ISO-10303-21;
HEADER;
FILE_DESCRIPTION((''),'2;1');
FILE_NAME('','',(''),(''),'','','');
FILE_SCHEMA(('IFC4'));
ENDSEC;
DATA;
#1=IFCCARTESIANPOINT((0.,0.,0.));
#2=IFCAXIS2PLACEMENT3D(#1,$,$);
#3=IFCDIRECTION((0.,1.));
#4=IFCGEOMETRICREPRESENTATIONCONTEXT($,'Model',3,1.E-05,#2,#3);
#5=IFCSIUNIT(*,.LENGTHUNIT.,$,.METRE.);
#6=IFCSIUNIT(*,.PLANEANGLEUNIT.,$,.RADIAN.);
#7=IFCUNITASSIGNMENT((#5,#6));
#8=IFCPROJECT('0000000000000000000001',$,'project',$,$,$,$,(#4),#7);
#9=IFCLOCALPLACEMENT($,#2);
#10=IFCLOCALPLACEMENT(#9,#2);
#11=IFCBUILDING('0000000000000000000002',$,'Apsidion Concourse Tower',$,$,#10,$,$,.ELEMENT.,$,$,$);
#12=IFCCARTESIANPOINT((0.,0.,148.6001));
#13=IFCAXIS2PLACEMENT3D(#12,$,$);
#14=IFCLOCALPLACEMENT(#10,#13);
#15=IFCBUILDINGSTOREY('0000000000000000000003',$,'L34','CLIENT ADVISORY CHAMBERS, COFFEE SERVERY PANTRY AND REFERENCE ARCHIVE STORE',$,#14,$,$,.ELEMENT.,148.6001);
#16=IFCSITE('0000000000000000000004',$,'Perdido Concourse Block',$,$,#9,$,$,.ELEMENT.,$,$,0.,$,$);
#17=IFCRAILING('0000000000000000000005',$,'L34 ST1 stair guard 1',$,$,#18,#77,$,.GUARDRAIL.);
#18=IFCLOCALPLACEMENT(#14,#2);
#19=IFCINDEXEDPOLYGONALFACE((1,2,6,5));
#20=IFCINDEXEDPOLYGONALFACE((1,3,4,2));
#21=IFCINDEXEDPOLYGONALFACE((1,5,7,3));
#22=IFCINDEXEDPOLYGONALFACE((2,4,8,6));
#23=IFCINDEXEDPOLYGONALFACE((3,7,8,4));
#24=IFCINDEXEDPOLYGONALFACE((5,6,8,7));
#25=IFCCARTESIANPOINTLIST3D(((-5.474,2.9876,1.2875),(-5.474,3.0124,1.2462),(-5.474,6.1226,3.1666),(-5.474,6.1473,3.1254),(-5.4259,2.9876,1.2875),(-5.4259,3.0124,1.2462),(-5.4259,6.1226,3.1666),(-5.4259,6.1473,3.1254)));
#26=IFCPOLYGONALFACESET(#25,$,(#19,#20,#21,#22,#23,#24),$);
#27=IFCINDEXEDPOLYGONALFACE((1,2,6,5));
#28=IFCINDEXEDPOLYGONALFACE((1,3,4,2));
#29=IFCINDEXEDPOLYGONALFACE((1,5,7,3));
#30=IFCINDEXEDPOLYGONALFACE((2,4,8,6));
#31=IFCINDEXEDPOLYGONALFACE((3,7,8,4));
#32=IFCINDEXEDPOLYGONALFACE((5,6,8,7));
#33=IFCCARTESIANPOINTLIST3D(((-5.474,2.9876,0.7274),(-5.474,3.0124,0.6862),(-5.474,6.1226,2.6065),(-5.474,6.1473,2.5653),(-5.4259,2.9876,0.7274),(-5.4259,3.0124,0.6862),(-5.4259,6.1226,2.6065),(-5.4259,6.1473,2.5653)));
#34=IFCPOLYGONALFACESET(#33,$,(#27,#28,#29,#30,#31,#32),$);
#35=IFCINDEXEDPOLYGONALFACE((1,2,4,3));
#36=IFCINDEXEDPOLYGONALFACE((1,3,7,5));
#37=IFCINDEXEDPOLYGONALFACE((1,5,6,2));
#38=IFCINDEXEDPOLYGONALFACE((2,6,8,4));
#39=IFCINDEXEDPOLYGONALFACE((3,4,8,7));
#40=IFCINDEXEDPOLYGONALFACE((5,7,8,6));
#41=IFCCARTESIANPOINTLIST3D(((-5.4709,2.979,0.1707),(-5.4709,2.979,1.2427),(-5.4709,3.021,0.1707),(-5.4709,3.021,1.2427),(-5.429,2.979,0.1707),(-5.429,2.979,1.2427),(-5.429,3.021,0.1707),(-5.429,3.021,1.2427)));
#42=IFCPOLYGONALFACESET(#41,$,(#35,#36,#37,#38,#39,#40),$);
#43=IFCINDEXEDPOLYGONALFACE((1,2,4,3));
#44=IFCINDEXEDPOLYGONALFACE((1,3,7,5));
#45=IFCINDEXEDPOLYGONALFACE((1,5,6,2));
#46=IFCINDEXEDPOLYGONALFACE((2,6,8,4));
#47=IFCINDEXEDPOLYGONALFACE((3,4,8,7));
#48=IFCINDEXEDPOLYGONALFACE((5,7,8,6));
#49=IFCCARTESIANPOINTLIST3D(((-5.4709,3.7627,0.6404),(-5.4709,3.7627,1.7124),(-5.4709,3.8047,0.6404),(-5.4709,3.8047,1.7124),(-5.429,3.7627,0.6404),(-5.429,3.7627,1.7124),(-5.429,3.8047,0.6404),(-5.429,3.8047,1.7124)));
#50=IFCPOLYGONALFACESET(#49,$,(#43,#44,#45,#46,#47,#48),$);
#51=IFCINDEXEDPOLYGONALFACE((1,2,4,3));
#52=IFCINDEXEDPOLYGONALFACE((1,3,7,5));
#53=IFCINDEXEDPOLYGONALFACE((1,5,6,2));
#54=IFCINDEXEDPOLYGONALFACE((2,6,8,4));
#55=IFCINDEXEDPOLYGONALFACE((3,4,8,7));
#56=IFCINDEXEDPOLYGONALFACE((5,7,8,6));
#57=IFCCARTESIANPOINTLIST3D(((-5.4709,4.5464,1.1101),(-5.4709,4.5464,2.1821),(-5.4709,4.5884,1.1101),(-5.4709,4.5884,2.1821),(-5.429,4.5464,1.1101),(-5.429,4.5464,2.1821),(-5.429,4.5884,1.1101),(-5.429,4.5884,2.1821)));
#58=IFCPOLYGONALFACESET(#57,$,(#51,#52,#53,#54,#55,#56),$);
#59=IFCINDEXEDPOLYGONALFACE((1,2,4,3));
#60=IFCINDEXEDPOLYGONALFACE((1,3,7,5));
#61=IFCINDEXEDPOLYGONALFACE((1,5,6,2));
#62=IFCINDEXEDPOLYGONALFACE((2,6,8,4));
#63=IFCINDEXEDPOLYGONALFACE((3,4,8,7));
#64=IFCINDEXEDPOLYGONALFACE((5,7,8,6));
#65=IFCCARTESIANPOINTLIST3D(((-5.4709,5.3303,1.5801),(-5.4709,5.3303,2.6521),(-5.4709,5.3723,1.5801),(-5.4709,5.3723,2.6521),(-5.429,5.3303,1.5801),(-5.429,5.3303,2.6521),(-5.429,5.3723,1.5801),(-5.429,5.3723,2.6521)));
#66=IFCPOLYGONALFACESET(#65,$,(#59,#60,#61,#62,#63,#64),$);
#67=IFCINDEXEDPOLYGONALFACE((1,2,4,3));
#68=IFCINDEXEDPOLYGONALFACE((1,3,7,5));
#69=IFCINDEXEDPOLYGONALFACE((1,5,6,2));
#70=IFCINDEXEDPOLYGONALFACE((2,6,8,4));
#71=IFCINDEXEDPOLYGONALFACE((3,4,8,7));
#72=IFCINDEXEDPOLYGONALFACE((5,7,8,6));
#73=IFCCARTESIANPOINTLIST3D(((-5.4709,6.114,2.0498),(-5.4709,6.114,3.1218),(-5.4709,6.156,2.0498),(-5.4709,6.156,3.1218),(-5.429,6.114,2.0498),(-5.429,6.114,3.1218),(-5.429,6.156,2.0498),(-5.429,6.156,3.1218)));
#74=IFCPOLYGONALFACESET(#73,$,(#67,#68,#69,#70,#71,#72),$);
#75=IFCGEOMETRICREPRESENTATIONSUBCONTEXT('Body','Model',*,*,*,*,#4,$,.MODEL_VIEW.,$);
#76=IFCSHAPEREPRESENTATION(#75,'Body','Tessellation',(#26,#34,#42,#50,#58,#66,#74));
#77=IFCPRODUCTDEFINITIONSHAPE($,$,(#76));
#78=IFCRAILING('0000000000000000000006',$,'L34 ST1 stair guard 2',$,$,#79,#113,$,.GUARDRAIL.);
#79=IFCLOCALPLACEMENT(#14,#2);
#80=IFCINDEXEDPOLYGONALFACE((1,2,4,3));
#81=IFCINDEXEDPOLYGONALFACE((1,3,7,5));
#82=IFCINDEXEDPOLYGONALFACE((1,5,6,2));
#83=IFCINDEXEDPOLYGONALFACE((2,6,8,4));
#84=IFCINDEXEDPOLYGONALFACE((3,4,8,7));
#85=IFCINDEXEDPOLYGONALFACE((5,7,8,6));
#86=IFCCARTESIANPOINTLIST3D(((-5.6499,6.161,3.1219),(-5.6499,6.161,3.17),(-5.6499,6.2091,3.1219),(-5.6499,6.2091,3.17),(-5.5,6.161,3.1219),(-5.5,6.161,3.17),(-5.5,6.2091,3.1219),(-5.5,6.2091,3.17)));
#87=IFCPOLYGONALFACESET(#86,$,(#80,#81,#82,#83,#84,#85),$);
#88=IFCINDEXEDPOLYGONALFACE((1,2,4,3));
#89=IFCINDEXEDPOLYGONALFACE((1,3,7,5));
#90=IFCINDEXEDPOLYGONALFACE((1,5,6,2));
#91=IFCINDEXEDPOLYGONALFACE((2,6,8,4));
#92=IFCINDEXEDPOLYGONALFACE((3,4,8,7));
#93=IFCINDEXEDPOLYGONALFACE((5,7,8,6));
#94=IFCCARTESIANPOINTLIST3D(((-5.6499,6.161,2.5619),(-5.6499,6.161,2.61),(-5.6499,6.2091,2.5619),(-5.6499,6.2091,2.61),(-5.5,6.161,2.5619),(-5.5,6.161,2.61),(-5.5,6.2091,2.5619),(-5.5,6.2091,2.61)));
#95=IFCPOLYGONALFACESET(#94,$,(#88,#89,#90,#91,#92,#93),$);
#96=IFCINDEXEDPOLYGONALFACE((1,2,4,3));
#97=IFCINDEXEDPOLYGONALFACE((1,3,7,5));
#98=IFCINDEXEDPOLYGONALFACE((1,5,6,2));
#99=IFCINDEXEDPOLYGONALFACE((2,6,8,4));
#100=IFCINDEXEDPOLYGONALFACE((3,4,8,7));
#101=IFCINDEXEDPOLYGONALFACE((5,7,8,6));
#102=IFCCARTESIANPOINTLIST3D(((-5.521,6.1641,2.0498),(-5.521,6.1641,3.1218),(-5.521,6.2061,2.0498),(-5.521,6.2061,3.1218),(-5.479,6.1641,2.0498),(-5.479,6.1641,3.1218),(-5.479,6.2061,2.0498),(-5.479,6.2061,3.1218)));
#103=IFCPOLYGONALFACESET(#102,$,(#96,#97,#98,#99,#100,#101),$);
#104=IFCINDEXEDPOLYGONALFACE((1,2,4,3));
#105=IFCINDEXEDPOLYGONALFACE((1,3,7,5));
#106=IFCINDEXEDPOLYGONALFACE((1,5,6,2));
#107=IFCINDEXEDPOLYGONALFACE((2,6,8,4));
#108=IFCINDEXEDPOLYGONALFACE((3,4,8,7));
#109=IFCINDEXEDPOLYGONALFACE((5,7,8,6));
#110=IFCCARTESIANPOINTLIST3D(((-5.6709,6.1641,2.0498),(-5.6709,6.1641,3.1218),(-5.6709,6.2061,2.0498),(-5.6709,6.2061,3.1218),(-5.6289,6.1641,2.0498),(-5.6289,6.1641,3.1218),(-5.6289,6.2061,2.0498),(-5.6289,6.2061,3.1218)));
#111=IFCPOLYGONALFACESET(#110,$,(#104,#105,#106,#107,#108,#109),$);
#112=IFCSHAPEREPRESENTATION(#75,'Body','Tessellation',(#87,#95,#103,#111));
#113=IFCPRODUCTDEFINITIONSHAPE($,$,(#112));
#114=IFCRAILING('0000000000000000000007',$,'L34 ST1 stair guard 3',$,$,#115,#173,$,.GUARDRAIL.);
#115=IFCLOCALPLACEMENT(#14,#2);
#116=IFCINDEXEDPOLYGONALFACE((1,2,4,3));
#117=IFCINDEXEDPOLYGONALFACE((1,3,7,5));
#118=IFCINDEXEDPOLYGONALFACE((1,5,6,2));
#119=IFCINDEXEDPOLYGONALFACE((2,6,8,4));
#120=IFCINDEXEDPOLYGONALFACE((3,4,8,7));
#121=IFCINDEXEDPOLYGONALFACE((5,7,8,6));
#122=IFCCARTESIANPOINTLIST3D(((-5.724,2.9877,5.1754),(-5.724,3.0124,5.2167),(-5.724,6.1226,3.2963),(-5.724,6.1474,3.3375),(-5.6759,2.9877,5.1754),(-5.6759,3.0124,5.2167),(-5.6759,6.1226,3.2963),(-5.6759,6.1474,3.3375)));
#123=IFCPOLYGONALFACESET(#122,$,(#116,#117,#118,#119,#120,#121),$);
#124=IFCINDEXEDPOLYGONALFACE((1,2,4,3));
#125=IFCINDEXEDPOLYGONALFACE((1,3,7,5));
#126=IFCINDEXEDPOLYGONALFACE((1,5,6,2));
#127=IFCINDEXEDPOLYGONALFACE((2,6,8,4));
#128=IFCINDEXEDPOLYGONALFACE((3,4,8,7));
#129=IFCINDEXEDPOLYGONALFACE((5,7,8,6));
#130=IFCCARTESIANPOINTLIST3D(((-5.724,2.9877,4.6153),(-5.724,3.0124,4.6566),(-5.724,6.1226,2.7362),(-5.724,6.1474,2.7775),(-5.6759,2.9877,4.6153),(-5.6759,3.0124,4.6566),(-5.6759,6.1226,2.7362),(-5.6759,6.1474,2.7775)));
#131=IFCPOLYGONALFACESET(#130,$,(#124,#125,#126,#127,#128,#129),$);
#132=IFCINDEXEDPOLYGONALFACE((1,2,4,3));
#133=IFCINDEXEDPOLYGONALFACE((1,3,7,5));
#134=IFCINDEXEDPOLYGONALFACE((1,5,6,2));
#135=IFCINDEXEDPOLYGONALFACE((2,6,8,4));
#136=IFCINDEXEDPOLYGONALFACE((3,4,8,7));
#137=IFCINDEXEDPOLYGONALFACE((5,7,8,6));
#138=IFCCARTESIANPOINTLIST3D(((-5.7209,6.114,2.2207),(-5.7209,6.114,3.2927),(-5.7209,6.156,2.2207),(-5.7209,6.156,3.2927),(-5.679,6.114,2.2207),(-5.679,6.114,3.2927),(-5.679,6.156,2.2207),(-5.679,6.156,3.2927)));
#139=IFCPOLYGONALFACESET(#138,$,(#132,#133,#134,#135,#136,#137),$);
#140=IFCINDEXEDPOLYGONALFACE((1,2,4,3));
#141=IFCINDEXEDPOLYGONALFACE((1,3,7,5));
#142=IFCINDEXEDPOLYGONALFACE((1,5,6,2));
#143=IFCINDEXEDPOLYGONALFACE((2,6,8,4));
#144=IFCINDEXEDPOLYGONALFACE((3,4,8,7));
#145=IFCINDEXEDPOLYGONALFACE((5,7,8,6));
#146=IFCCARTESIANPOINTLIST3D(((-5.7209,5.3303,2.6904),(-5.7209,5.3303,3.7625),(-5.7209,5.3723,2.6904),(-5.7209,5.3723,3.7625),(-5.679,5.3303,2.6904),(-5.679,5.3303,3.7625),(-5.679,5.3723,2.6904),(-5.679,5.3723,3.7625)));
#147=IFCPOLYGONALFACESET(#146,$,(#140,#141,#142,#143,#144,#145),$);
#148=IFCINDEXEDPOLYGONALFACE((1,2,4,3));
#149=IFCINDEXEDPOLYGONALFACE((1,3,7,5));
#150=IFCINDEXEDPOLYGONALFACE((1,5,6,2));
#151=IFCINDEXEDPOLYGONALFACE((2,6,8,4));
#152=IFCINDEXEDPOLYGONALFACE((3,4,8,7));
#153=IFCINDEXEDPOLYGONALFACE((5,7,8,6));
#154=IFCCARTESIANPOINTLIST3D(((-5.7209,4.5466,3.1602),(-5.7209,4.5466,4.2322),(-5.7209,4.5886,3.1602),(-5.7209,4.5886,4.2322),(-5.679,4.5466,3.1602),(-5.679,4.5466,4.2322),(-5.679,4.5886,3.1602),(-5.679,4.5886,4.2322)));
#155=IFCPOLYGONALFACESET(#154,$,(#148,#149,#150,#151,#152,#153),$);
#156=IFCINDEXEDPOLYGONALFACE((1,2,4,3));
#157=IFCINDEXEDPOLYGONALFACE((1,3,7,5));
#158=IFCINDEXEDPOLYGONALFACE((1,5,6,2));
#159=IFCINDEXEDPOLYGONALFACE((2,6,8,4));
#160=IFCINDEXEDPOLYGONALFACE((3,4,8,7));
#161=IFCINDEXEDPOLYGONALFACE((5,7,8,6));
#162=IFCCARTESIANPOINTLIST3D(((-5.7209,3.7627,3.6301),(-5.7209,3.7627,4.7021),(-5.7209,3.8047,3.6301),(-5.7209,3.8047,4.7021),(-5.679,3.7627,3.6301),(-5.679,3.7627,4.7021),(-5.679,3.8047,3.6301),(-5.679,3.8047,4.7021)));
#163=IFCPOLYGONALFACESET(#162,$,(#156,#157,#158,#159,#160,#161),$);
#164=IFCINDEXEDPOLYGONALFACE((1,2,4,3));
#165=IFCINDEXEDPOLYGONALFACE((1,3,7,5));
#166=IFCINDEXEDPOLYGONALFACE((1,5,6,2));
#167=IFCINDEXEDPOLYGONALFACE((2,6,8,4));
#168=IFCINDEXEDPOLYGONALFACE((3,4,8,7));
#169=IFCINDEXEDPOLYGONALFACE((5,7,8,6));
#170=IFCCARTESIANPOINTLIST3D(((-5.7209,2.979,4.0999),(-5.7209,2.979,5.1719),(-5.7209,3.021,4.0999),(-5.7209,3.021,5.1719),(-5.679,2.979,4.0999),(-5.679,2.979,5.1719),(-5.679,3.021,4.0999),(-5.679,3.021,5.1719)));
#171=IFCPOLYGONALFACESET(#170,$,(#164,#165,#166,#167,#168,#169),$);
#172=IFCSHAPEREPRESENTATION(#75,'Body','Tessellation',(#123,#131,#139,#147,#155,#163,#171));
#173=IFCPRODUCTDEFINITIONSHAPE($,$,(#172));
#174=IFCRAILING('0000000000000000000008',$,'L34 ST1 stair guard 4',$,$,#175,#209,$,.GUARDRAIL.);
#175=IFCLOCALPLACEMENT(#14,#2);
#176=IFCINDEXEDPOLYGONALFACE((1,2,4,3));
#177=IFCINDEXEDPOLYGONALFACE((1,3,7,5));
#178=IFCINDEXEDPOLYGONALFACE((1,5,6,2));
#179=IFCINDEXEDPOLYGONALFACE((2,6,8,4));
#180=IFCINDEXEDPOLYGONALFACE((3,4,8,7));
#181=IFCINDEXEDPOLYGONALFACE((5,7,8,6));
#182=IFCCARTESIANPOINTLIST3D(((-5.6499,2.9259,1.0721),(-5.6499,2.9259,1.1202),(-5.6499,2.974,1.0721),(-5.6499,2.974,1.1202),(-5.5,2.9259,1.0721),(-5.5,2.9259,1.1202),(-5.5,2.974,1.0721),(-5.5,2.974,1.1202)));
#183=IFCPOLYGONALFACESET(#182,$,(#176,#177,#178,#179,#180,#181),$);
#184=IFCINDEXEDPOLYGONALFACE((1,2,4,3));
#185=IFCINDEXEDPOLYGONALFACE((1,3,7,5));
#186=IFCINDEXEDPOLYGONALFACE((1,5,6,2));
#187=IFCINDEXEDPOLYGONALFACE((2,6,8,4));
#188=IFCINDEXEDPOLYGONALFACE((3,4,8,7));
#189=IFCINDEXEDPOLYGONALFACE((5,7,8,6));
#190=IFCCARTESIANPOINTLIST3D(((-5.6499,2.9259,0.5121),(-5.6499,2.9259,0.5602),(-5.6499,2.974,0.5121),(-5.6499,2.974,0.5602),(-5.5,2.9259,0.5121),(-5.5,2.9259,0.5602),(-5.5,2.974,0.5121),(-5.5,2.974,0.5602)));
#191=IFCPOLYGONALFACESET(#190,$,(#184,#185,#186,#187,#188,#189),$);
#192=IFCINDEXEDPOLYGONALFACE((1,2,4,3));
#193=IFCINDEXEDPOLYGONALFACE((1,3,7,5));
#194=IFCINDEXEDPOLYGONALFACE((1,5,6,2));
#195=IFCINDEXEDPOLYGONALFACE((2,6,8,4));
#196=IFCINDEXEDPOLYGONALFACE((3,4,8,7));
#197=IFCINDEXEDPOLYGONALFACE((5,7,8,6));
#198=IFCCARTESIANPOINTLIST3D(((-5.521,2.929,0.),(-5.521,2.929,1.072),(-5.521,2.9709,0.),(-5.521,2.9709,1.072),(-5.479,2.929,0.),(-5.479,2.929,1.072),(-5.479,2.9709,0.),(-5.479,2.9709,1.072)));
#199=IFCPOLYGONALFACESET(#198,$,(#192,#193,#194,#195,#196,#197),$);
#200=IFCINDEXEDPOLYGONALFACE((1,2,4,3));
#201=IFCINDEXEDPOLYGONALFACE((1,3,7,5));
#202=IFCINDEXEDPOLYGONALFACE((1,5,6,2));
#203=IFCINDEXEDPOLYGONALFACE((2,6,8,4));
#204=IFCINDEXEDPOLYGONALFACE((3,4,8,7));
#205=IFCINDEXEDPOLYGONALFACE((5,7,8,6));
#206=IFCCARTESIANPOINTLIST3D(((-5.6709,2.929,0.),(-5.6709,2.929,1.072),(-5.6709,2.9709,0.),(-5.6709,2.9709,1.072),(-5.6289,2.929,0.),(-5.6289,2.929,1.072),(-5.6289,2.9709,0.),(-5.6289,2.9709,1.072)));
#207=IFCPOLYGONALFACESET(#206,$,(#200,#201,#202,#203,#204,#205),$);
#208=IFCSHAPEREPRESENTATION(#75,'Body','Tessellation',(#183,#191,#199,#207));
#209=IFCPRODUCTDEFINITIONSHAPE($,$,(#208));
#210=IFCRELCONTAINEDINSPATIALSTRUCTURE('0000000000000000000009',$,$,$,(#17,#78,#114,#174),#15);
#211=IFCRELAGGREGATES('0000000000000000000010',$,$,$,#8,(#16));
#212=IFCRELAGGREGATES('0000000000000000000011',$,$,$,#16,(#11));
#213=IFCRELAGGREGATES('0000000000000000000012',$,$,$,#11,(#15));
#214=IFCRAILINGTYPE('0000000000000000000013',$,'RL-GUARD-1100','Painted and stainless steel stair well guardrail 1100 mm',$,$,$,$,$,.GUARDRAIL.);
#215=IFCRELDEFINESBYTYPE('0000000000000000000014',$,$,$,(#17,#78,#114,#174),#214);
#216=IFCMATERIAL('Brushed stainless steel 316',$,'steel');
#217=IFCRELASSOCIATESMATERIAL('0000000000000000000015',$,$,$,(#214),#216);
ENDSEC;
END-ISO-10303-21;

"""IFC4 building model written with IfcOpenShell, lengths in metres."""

from ifc_helpers import new_model, si_unit, direction, frame, origin, origin_2d, place, context, subcontext, project, spatial, rectangle, extrude, material, type_object, element, save


model = new_model("IFC4")

# Units and contexts
model_context = context("Model", 3, precision=1e-05, world=origin(), true_north=direction((0.0, 1.0)))
body_context = subcontext(model_context, "Body", "Model", "MODEL_VIEW")
ifc_project = project(units=[si_unit("LENGTHUNIT", "METRE"), si_unit("PLANEANGLEUNIT", "RADIAN")], contexts=[model_context])

# Site, building, storey
site_placement = place(None, origin())
site = spatial("IfcSite", under=ifc_project, at=site_placement, Name="Perdido Concourse Block", CompositionType="ELEMENT", RefElevation=0.0)
building_placement = place(site_placement, origin())
building = spatial("IfcBuilding", under=site, at=building_placement, Name="Apsidion Concourse Tower", CompositionType="ELEMENT")
storey_placement = place(building_placement, frame((0.0, 0.0, 148.6001)))
storey = spatial("IfcBuildingStorey", under=building, at=storey_placement, Name="L34", Description="CLIENT ADVISORY CHAMBERS, COFFEE SERVERY PANTRY AND REFERENCE ARCHIVE STORE", CompositionType="ELEMENT", Elevation=148.6001)

# Shared definitions
ifc_material_1 = material(Name="Brushed stainless steel 316", Category="steel")

# Railings
railing_type_1 = type_object("IfcRailingType", Name="RL-GUARD-1100", Description="Painted and stainless steel stair well guardrail 1100 mm", PredefinedType="GUARDRAIL", material=ifc_material_1)
railing_1_placement = place(storey_placement, frame((-5.45, 3.0, 0.1707)))
element("IfcRailing", 1, at=railing_1_placement, inside=storey, type_object=railing_type_1, Name="L34 ST1 stair guard 1", PredefinedType="GUARDRAIL", context=body_context, shape_type="SweptSolid", body=[
    extrude(rectangle(XDim=0.0481, YDim=0.0481, at=origin_2d()), frame((0.0, 0.0, 1.0962), z_axis=(0.0, 0.857717, 0.514122), x_axis=(-1.0, 0.0, 0.0)), (0.0, 0.0, 1.0), 3.655),
    extrude(rectangle(XDim=0.0481, YDim=0.0481, at=origin_2d()), frame((0.0, 0.0, 0.5361), z_axis=(0.0, 0.857717, 0.514122), x_axis=(-1.0, 0.0, 0.0)), (0.0, 0.0, 1.0), 3.655),
    extrude(rectangle(XDim=0.042, YDim=0.042, at=origin_2d()), origin(), (0.0, 0.0, 1.0), 1.072),
    extrude(rectangle(XDim=0.042, YDim=0.042, at=origin_2d()), frame((0.0, 0.7837, 0.4697)), (0.0, 0.0, 1.0), 1.072),
    extrude(rectangle(XDim=0.042, YDim=0.042, at=origin_2d()), frame((0.0, 1.5674, 0.9395)), (0.0, 0.0, 1.0), 1.072),
    extrude(rectangle(XDim=0.042, YDim=0.042, at=origin_2d()), frame((0.0, 2.3513, 1.4094)), (0.0, 0.0, 1.0), 1.072),
    extrude(rectangle(XDim=0.042, YDim=0.042, at=origin_2d()), frame((0.0, 3.135, 1.8792)), (0.0, 0.0, 1.0), 1.072),
])
railing_2_placement = place(storey_placement, frame((-5.5, 6.1851, 2.0498)))
element("IfcRailing", 2, at=railing_2_placement, inside=storey, type_object=railing_type_1, Name="L34 ST1 stair guard 2", PredefinedType="GUARDRAIL", context=body_context, shape_type="SweptSolid", body=[
    extrude(rectangle(XDim=0.0481, YDim=0.0481, at=origin_2d()), frame((0.0, 0.0, 1.0962), z_axis=(-1.0, 0.0, 0.0), x_axis=(0.0, -1.0, 0.0)), (0.0, 0.0, 1.0), 0.1499),
    extrude(rectangle(XDim=0.0481, YDim=0.0481, at=origin_2d()), frame((0.0, 0.0, 0.5361), z_axis=(-1.0, 0.0, 0.0), x_axis=(0.0, -1.0, 0.0)), (0.0, 0.0, 1.0), 0.1499),
    extrude(rectangle(XDim=0.042, YDim=0.042, at=origin_2d()), origin(), (0.0, 0.0, 1.0), 1.072),
    extrude(rectangle(XDim=0.042, YDim=0.042, at=origin_2d()), frame((-0.1499, 0.0, 0.0)), (0.0, 0.0, 1.0), 1.072),
])
railing_3_placement = place(storey_placement, frame((-5.7, 6.135, 2.2207)))
element("IfcRailing", 3, at=railing_3_placement, inside=storey, type_object=railing_type_1, Name="L34 ST1 stair guard 3", PredefinedType="GUARDRAIL", context=body_context, shape_type="SweptSolid", body=[
    extrude(rectangle(XDim=0.0481, YDim=0.0481, at=origin_2d()), frame((0.0, 0.0, 1.0962), z_axis=(0.0, -0.857717, 0.514122), x_axis=(1.0, 0.0, 0.0)), (0.0, 0.0, 1.0), 3.655),
    extrude(rectangle(XDim=0.0481, YDim=0.0481, at=origin_2d()), frame((0.0, 0.0, 0.5361), z_axis=(0.0, -0.857717, 0.514122), x_axis=(1.0, 0.0, 0.0)), (0.0, 0.0, 1.0), 3.655),
    extrude(rectangle(XDim=0.042, YDim=0.042, at=origin_2d()), origin(), (0.0, 0.0, 1.0), 1.072),
    extrude(rectangle(XDim=0.042, YDim=0.042, at=origin_2d()), frame((0.0, -0.7837, 0.4697)), (0.0, 0.0, 1.0), 1.072),
    extrude(rectangle(XDim=0.042, YDim=0.042, at=origin_2d()), frame((0.0, -1.5674, 0.9395)), (0.0, 0.0, 1.0), 1.072),
    extrude(rectangle(XDim=0.042, YDim=0.042, at=origin_2d()), frame((0.0, -2.3513, 1.4094)), (0.0, 0.0, 1.0), 1.072),
    extrude(rectangle(XDim=0.042, YDim=0.042, at=origin_2d()), frame((0.0, -3.135, 1.8792)), (0.0, 0.0, 1.0), 1.072),
])
railing_4_placement = place(storey_placement, frame((-5.5, 2.95, 0.0)))
element("IfcRailing", 4, at=railing_4_placement, inside=storey, type_object=railing_type_1, Name="L34 ST1 stair guard 4", PredefinedType="GUARDRAIL", context=body_context, shape_type="SweptSolid", body=[
    extrude(rectangle(XDim=0.0481, YDim=0.0481, at=origin_2d()), frame((0.0, 0.0, 1.0962), z_axis=(-1.0, 0.0, 0.0), x_axis=(0.0, -1.0, 0.0)), (0.0, 0.0, 1.0), 0.1499),
    extrude(rectangle(XDim=0.0481, YDim=0.0481, at=origin_2d()), frame((0.0, 0.0, 0.5361), z_axis=(-1.0, 0.0, 0.0), x_axis=(0.0, -1.0, 0.0)), (0.0, 0.0, 1.0), 0.1499),
    extrude(rectangle(XDim=0.042, YDim=0.042, at=origin_2d()), origin(), (0.0, 0.0, 1.0), 1.072),
    extrude(rectangle(XDim=0.042, YDim=0.042, at=origin_2d()), frame((-0.1499, 0.0, 0.0)), (0.0, 0.0, 1.0), 1.072),
])

save(model, "model.ifc")
